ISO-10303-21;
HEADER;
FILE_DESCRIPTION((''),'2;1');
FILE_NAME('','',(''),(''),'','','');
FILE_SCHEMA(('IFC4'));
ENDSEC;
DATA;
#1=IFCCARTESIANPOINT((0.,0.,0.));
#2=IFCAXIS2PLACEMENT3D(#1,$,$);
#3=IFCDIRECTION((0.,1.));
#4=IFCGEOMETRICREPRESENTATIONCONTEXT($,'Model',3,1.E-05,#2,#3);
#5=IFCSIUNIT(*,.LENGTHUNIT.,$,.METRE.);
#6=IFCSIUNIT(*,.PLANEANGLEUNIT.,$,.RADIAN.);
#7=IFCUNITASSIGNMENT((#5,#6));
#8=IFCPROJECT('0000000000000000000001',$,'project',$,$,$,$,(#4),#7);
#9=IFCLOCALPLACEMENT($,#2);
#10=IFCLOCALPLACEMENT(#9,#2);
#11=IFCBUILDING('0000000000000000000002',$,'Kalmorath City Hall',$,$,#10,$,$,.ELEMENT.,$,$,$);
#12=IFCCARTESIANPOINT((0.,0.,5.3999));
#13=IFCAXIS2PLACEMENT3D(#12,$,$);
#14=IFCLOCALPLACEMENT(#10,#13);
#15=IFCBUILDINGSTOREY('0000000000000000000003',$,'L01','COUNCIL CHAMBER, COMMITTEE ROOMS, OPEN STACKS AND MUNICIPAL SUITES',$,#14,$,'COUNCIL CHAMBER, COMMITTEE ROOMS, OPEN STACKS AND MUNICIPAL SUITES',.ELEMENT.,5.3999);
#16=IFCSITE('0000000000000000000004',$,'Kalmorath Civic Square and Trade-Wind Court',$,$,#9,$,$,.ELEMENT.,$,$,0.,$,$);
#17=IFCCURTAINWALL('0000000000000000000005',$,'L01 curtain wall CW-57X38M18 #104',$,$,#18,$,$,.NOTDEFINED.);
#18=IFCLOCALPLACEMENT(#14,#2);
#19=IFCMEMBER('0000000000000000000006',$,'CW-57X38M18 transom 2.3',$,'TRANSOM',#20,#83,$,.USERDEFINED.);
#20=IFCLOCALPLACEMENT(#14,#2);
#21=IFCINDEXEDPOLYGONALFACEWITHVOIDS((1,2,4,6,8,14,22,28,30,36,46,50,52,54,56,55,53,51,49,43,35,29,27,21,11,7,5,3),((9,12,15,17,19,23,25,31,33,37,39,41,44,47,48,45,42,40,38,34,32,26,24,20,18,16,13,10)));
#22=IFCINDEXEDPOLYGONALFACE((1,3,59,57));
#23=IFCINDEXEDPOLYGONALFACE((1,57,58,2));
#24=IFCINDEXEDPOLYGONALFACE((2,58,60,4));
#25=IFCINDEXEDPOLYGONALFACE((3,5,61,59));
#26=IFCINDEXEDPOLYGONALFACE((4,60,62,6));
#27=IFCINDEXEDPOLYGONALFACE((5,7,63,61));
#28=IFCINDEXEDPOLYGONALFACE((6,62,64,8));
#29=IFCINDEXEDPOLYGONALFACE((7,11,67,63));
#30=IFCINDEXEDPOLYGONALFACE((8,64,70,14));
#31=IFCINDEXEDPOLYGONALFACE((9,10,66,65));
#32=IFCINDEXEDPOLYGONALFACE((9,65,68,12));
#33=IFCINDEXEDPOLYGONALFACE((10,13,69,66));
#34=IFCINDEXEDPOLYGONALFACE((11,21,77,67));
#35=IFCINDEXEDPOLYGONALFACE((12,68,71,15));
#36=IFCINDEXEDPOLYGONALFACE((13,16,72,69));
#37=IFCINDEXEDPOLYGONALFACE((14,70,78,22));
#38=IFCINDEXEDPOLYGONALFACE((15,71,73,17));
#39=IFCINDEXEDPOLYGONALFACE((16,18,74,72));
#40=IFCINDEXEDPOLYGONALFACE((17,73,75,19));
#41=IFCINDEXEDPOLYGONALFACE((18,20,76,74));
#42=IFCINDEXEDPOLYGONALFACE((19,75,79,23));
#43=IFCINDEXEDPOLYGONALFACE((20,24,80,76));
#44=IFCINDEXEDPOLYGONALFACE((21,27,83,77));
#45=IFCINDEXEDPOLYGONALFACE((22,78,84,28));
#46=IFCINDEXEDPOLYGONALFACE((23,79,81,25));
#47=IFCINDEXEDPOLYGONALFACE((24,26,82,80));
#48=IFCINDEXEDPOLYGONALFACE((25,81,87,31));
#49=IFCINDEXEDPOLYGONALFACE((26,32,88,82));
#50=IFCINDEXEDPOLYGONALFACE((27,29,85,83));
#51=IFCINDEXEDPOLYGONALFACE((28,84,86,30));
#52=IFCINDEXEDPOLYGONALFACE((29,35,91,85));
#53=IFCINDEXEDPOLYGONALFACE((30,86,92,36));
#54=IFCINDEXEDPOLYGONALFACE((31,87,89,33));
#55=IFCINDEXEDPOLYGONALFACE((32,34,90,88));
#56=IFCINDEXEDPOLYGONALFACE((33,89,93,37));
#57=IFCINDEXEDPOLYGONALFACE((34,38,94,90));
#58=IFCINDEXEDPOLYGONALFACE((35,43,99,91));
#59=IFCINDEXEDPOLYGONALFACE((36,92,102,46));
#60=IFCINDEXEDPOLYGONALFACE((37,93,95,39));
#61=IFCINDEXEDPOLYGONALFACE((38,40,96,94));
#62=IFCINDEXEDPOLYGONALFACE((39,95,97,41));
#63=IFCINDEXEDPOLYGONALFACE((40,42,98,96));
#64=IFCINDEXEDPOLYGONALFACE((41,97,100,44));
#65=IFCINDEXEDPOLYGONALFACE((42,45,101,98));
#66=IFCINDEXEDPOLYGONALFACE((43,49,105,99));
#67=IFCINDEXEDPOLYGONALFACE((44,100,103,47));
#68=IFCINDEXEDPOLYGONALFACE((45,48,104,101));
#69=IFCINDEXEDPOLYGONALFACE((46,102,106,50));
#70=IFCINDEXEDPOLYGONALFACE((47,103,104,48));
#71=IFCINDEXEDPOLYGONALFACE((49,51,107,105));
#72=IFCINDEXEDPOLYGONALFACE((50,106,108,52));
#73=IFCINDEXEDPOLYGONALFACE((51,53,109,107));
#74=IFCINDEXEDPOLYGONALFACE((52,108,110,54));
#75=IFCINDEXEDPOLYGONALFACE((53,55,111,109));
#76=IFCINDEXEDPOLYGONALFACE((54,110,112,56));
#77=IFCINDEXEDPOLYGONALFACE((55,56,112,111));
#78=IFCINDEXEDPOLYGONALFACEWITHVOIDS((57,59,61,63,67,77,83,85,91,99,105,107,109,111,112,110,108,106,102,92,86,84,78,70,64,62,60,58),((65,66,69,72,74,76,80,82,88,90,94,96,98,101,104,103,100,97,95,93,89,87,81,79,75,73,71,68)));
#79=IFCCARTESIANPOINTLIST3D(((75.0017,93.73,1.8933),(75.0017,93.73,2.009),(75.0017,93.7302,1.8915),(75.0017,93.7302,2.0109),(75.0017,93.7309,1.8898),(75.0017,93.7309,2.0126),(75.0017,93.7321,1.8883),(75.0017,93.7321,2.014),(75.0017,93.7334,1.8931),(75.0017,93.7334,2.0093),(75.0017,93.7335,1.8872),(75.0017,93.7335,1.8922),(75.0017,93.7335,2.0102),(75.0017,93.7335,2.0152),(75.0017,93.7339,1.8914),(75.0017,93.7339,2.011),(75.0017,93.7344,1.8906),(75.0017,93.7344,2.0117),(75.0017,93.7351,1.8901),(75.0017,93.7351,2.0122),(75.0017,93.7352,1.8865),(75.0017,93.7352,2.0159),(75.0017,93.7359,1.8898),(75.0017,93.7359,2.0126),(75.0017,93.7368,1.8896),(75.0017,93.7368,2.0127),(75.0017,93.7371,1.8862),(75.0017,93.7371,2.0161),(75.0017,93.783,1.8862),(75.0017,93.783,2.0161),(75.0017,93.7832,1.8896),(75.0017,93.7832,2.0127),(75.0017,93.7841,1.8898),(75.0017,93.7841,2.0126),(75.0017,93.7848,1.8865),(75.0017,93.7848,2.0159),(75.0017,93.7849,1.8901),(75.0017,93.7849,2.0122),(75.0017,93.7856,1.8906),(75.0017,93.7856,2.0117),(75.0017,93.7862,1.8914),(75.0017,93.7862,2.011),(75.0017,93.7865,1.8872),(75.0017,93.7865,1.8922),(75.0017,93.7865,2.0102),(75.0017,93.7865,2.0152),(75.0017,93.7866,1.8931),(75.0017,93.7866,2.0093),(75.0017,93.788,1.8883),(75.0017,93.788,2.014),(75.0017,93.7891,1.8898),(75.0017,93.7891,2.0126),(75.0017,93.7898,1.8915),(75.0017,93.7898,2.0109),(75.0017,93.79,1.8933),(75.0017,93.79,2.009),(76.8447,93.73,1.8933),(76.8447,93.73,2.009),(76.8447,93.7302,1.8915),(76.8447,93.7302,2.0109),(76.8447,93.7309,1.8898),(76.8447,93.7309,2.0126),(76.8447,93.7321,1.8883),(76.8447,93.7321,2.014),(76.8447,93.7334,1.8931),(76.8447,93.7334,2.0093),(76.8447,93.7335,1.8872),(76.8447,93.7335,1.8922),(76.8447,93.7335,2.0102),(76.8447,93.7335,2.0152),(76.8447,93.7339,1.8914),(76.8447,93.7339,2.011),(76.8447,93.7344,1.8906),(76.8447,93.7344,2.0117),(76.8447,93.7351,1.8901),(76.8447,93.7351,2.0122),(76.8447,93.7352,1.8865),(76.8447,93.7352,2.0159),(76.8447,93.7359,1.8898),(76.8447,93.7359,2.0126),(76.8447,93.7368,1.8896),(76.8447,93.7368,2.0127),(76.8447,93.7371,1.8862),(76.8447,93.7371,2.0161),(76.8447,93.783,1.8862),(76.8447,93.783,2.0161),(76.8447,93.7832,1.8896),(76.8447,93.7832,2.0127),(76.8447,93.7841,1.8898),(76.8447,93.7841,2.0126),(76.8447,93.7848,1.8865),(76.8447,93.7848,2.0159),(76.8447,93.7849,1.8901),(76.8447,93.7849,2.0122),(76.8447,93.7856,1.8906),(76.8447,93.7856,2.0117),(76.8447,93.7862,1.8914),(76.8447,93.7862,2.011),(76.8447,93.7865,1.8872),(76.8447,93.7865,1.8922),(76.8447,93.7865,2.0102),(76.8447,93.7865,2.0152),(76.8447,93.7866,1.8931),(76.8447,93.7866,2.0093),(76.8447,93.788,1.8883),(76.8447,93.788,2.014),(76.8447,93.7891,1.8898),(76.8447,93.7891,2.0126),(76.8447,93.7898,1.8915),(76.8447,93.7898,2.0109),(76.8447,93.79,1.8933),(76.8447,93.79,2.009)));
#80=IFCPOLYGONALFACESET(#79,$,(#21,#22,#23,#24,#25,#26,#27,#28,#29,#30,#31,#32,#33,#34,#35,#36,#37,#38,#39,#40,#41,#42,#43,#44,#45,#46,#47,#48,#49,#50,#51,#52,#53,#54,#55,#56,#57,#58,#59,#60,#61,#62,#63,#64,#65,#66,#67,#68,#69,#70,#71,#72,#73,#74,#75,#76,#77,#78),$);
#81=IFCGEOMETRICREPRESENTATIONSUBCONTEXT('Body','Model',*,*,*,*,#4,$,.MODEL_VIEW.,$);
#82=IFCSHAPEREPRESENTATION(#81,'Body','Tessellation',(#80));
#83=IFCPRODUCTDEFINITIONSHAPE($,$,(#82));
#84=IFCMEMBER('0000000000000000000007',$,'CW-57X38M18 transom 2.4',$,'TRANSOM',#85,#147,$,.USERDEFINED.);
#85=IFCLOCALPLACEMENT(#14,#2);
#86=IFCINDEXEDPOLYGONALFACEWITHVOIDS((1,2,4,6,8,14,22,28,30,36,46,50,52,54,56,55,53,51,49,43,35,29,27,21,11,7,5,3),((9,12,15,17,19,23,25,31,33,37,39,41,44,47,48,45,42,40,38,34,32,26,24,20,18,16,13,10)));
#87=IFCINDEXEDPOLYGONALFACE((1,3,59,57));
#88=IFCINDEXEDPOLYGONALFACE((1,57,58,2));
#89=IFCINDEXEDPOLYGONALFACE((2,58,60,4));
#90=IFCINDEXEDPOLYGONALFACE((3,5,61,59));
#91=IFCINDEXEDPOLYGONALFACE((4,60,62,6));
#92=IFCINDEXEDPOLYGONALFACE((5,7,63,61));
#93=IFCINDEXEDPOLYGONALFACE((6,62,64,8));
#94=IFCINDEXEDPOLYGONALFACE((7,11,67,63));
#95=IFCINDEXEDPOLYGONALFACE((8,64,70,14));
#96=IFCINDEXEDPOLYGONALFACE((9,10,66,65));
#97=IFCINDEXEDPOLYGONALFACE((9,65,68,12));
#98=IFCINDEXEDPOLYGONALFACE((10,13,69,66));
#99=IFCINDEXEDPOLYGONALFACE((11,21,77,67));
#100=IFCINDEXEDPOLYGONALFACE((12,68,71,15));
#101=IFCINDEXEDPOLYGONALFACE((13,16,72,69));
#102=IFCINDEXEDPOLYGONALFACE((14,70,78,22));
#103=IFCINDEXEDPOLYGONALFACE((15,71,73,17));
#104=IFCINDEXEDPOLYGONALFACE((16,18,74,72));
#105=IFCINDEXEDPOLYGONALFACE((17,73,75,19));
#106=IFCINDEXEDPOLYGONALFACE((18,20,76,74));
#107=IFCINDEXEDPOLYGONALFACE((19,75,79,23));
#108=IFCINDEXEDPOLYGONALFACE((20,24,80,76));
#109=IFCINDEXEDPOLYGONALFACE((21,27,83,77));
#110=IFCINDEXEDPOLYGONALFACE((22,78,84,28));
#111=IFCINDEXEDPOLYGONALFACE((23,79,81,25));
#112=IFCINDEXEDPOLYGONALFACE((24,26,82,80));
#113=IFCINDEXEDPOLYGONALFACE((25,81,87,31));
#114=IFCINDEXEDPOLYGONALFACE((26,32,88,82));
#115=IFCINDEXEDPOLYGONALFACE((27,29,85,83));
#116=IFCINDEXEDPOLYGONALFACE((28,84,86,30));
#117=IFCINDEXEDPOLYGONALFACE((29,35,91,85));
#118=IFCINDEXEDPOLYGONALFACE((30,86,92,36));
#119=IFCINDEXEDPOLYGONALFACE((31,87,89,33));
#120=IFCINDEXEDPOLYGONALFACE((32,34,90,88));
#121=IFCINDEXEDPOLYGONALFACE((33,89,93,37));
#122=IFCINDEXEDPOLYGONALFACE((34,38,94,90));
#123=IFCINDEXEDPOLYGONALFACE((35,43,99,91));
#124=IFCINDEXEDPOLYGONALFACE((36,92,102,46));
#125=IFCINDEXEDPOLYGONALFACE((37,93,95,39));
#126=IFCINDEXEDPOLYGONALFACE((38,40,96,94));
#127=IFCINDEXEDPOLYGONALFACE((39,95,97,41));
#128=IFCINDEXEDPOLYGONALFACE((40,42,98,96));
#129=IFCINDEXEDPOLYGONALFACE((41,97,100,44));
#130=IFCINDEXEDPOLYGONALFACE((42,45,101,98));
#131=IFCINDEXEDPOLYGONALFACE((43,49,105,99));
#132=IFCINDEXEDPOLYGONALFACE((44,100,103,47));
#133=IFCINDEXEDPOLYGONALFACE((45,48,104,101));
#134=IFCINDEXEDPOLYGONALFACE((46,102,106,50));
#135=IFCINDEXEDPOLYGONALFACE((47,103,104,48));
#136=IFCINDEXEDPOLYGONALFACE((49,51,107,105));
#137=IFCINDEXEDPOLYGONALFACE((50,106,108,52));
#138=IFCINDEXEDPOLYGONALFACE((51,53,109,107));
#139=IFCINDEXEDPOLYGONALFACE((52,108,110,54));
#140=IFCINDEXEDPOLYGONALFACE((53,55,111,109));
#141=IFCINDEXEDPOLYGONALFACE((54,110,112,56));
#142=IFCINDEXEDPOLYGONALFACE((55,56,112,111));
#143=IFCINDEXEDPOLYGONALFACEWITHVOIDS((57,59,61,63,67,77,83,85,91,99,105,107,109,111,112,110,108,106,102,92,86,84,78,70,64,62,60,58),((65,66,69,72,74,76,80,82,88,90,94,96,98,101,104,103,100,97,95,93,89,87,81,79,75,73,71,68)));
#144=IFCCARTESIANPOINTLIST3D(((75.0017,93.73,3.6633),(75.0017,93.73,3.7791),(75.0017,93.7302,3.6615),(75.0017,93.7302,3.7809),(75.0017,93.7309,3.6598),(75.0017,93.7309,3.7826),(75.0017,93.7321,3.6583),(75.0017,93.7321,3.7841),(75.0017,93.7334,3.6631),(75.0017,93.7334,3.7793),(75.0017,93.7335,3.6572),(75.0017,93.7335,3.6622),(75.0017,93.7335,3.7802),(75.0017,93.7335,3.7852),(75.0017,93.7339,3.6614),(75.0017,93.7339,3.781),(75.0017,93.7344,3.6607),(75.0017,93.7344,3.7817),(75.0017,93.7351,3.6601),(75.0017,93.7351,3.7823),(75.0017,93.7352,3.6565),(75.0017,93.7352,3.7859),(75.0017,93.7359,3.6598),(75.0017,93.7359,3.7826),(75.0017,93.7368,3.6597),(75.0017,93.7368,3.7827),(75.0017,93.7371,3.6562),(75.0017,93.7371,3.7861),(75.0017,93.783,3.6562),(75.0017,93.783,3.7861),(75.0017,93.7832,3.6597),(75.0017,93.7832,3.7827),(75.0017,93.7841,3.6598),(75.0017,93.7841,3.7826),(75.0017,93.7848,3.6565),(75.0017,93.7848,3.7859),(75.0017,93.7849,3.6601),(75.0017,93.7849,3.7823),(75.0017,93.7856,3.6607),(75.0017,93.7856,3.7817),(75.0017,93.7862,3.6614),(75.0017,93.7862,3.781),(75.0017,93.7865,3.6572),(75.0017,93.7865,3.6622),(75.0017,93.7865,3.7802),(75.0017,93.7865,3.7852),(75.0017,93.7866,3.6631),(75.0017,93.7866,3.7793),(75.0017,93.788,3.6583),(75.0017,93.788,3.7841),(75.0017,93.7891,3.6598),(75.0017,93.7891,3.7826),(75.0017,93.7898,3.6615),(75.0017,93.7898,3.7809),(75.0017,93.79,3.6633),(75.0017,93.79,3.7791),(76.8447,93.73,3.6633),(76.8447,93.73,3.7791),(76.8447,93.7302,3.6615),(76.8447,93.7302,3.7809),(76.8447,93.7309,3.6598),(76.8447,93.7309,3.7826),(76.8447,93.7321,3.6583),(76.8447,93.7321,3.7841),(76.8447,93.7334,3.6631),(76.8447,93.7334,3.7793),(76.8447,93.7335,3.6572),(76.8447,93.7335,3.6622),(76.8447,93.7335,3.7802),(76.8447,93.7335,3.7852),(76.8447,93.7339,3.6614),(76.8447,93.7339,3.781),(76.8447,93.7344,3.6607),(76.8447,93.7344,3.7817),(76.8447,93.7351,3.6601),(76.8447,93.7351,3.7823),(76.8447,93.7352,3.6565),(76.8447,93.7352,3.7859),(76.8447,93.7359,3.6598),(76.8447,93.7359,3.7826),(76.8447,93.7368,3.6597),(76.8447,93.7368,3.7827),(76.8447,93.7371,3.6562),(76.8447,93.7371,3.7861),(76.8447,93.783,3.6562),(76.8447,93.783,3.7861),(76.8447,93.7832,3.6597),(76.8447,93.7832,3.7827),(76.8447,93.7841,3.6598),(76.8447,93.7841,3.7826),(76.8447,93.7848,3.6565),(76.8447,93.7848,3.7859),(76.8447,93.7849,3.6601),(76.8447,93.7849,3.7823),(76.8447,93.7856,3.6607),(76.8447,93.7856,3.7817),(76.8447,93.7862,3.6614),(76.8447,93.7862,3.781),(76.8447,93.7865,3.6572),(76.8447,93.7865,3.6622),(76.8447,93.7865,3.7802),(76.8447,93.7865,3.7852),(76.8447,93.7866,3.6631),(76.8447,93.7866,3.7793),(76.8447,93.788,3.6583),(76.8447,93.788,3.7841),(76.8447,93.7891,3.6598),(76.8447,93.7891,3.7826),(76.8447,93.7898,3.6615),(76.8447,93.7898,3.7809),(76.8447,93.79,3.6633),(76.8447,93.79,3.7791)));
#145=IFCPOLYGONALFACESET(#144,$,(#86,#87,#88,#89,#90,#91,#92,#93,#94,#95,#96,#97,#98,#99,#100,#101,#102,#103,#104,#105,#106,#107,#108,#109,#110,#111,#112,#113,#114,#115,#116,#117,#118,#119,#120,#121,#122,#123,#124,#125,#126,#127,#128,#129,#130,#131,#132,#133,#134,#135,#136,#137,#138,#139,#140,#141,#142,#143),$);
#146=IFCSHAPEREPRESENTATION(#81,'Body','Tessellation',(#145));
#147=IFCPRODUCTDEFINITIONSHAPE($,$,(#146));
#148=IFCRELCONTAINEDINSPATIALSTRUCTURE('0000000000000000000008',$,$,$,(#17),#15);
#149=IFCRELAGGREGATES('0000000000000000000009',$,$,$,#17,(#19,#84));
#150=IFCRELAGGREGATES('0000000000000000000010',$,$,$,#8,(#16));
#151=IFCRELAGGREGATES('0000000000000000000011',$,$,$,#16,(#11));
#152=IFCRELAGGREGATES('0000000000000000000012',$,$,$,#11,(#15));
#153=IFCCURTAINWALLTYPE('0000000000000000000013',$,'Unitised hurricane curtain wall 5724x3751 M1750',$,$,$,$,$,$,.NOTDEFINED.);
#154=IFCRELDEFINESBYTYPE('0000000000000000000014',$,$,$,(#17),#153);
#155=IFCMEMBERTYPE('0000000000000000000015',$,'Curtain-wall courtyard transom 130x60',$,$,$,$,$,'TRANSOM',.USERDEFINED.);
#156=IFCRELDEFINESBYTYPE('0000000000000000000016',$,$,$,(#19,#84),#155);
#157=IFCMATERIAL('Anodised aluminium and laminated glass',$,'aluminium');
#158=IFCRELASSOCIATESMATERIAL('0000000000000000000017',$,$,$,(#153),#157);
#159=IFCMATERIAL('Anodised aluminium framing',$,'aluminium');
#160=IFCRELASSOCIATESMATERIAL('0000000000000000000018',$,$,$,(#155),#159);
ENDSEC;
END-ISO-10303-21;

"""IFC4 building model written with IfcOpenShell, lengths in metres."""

from ifc_helpers import new_model, si_unit, direction, frame, origin, origin_2d, place, context, subcontext, project, spatial, hollow_rectangle, extrude, material, material_profile, profile_set, type_object, element, aggregate, save


model = new_model("IFC4")

# Units and contexts
model_context = context("Model", 3, precision=1e-05, world=origin(), true_north=direction((0.0, 1.0)))
body_context = subcontext(model_context, "Body", "Model", "MODEL_VIEW")
ifc_project = project(units=[si_unit("LENGTHUNIT", "METRE"), si_unit("PLANEANGLEUNIT", "RADIAN")], contexts=[model_context])

# Site, building, storey
site_placement = place(None, origin())
site = spatial("IfcSite", under=ifc_project, at=site_placement, Name="Kalmorath Civic Square and Trade-Wind Court", CompositionType="ELEMENT", RefElevation=0.0)
building_placement = place(site_placement, origin())
building = spatial("IfcBuilding", under=site, at=building_placement, Name="Kalmorath City Hall", CompositionType="ELEMENT")
storey_placement = place(building_placement, frame((0.0, 0.0, 5.3999)))
storey = spatial("IfcBuildingStorey", under=building, at=storey_placement, Name="L01", Description="COUNCIL CHAMBER, COMMITTEE ROOMS, OPEN STACKS AND MUNICIPAL SUITES", LongName="COUNCIL CHAMBER, COMMITTEE ROOMS, OPEN STACKS AND MUNICIPAL SUITES", CompositionType="ELEMENT", Elevation=5.3999)

# Curtain wall, members
ifc_material_1 = material(Name="Anodised aluminium and laminated glass", Category="aluminium")
curtain_wall_type = type_object("IfcCurtainWallType", Name="Unitised hurricane curtain wall 5724x3751 M1750", PredefinedType="NOTDEFINED", material=ifc_material_1)
curtain_wall_placement = place(storey_placement, origin())
curtain_wall = element("IfcCurtainWall", 1, at=curtain_wall_placement, inside=storey, type_object=curtain_wall_type, Name="L01 curtain wall CW-57X38M18 #104", PredefinedType="NOTDEFINED")
ifc_material_2 = material(Name="Anodised aluminium framing", Category="aluminium")
ifc_material_profile_1 = material_profile(ifc_material_2, hollow_rectangle(XDim=0.0601, YDim=0.1299, WallThickness=0.0034, InnerFilletRadius=0.0034, OuterFilletRadius=0.0071, at=origin_2d()), Name="ALU-TRN-130X60X3.5")
ifc_profile_set_1 = profile_set([ifc_material_profile_1], Name="Anodised aluminium framing")
member_type_1 = type_object("IfcMemberType", Name="Curtain-wall courtyard transom 130x60", ElementType="TRANSOM", PredefinedType="USERDEFINED", material=ifc_profile_set_1)
member_1_placement = place(storey_placement, frame((76.8447, 93.76, 1.9512), z_axis=(-1.0, 0.0, 0.0), x_axis=(0.0, -1.0, 0.0)))
member_1 = element("IfcMember", 2, at=member_1_placement, type_object=member_type_1, Name="CW-57X38M18 transom 2.3", ObjectType="TRANSOM", PredefinedType="USERDEFINED", context=body_context, shape_type="SweptSolid", body=[
    extrude(hollow_rectangle(XDim=0.0601, YDim=0.1299, WallThickness=0.0034, InnerFilletRadius=0.0034, OuterFilletRadius=0.0071, at=origin_2d()), origin(), (0.0, 0.0, 1.0), 1.843),
])
member_2_placement = place(storey_placement, frame((76.8447, 93.76, 3.7212), z_axis=(-1.0, 0.0, 0.0), x_axis=(0.0, -1.0, 0.0)))
member_2 = element("IfcMember", 3, at=member_2_placement, type_object=member_type_1, Name="CW-57X38M18 transom 2.4", ObjectType="TRANSOM", PredefinedType="USERDEFINED", context=body_context, shape_type="SweptSolid", body=[
    extrude(hollow_rectangle(XDim=0.0601, YDim=0.1299, WallThickness=0.0034, InnerFilletRadius=0.0034, OuterFilletRadius=0.0071, at=origin_2d()), origin(), (0.0, 0.0, 1.0), 1.843),
])
aggregate(curtain_wall, [member_1, member_2])

save(model, "model.ifc")
